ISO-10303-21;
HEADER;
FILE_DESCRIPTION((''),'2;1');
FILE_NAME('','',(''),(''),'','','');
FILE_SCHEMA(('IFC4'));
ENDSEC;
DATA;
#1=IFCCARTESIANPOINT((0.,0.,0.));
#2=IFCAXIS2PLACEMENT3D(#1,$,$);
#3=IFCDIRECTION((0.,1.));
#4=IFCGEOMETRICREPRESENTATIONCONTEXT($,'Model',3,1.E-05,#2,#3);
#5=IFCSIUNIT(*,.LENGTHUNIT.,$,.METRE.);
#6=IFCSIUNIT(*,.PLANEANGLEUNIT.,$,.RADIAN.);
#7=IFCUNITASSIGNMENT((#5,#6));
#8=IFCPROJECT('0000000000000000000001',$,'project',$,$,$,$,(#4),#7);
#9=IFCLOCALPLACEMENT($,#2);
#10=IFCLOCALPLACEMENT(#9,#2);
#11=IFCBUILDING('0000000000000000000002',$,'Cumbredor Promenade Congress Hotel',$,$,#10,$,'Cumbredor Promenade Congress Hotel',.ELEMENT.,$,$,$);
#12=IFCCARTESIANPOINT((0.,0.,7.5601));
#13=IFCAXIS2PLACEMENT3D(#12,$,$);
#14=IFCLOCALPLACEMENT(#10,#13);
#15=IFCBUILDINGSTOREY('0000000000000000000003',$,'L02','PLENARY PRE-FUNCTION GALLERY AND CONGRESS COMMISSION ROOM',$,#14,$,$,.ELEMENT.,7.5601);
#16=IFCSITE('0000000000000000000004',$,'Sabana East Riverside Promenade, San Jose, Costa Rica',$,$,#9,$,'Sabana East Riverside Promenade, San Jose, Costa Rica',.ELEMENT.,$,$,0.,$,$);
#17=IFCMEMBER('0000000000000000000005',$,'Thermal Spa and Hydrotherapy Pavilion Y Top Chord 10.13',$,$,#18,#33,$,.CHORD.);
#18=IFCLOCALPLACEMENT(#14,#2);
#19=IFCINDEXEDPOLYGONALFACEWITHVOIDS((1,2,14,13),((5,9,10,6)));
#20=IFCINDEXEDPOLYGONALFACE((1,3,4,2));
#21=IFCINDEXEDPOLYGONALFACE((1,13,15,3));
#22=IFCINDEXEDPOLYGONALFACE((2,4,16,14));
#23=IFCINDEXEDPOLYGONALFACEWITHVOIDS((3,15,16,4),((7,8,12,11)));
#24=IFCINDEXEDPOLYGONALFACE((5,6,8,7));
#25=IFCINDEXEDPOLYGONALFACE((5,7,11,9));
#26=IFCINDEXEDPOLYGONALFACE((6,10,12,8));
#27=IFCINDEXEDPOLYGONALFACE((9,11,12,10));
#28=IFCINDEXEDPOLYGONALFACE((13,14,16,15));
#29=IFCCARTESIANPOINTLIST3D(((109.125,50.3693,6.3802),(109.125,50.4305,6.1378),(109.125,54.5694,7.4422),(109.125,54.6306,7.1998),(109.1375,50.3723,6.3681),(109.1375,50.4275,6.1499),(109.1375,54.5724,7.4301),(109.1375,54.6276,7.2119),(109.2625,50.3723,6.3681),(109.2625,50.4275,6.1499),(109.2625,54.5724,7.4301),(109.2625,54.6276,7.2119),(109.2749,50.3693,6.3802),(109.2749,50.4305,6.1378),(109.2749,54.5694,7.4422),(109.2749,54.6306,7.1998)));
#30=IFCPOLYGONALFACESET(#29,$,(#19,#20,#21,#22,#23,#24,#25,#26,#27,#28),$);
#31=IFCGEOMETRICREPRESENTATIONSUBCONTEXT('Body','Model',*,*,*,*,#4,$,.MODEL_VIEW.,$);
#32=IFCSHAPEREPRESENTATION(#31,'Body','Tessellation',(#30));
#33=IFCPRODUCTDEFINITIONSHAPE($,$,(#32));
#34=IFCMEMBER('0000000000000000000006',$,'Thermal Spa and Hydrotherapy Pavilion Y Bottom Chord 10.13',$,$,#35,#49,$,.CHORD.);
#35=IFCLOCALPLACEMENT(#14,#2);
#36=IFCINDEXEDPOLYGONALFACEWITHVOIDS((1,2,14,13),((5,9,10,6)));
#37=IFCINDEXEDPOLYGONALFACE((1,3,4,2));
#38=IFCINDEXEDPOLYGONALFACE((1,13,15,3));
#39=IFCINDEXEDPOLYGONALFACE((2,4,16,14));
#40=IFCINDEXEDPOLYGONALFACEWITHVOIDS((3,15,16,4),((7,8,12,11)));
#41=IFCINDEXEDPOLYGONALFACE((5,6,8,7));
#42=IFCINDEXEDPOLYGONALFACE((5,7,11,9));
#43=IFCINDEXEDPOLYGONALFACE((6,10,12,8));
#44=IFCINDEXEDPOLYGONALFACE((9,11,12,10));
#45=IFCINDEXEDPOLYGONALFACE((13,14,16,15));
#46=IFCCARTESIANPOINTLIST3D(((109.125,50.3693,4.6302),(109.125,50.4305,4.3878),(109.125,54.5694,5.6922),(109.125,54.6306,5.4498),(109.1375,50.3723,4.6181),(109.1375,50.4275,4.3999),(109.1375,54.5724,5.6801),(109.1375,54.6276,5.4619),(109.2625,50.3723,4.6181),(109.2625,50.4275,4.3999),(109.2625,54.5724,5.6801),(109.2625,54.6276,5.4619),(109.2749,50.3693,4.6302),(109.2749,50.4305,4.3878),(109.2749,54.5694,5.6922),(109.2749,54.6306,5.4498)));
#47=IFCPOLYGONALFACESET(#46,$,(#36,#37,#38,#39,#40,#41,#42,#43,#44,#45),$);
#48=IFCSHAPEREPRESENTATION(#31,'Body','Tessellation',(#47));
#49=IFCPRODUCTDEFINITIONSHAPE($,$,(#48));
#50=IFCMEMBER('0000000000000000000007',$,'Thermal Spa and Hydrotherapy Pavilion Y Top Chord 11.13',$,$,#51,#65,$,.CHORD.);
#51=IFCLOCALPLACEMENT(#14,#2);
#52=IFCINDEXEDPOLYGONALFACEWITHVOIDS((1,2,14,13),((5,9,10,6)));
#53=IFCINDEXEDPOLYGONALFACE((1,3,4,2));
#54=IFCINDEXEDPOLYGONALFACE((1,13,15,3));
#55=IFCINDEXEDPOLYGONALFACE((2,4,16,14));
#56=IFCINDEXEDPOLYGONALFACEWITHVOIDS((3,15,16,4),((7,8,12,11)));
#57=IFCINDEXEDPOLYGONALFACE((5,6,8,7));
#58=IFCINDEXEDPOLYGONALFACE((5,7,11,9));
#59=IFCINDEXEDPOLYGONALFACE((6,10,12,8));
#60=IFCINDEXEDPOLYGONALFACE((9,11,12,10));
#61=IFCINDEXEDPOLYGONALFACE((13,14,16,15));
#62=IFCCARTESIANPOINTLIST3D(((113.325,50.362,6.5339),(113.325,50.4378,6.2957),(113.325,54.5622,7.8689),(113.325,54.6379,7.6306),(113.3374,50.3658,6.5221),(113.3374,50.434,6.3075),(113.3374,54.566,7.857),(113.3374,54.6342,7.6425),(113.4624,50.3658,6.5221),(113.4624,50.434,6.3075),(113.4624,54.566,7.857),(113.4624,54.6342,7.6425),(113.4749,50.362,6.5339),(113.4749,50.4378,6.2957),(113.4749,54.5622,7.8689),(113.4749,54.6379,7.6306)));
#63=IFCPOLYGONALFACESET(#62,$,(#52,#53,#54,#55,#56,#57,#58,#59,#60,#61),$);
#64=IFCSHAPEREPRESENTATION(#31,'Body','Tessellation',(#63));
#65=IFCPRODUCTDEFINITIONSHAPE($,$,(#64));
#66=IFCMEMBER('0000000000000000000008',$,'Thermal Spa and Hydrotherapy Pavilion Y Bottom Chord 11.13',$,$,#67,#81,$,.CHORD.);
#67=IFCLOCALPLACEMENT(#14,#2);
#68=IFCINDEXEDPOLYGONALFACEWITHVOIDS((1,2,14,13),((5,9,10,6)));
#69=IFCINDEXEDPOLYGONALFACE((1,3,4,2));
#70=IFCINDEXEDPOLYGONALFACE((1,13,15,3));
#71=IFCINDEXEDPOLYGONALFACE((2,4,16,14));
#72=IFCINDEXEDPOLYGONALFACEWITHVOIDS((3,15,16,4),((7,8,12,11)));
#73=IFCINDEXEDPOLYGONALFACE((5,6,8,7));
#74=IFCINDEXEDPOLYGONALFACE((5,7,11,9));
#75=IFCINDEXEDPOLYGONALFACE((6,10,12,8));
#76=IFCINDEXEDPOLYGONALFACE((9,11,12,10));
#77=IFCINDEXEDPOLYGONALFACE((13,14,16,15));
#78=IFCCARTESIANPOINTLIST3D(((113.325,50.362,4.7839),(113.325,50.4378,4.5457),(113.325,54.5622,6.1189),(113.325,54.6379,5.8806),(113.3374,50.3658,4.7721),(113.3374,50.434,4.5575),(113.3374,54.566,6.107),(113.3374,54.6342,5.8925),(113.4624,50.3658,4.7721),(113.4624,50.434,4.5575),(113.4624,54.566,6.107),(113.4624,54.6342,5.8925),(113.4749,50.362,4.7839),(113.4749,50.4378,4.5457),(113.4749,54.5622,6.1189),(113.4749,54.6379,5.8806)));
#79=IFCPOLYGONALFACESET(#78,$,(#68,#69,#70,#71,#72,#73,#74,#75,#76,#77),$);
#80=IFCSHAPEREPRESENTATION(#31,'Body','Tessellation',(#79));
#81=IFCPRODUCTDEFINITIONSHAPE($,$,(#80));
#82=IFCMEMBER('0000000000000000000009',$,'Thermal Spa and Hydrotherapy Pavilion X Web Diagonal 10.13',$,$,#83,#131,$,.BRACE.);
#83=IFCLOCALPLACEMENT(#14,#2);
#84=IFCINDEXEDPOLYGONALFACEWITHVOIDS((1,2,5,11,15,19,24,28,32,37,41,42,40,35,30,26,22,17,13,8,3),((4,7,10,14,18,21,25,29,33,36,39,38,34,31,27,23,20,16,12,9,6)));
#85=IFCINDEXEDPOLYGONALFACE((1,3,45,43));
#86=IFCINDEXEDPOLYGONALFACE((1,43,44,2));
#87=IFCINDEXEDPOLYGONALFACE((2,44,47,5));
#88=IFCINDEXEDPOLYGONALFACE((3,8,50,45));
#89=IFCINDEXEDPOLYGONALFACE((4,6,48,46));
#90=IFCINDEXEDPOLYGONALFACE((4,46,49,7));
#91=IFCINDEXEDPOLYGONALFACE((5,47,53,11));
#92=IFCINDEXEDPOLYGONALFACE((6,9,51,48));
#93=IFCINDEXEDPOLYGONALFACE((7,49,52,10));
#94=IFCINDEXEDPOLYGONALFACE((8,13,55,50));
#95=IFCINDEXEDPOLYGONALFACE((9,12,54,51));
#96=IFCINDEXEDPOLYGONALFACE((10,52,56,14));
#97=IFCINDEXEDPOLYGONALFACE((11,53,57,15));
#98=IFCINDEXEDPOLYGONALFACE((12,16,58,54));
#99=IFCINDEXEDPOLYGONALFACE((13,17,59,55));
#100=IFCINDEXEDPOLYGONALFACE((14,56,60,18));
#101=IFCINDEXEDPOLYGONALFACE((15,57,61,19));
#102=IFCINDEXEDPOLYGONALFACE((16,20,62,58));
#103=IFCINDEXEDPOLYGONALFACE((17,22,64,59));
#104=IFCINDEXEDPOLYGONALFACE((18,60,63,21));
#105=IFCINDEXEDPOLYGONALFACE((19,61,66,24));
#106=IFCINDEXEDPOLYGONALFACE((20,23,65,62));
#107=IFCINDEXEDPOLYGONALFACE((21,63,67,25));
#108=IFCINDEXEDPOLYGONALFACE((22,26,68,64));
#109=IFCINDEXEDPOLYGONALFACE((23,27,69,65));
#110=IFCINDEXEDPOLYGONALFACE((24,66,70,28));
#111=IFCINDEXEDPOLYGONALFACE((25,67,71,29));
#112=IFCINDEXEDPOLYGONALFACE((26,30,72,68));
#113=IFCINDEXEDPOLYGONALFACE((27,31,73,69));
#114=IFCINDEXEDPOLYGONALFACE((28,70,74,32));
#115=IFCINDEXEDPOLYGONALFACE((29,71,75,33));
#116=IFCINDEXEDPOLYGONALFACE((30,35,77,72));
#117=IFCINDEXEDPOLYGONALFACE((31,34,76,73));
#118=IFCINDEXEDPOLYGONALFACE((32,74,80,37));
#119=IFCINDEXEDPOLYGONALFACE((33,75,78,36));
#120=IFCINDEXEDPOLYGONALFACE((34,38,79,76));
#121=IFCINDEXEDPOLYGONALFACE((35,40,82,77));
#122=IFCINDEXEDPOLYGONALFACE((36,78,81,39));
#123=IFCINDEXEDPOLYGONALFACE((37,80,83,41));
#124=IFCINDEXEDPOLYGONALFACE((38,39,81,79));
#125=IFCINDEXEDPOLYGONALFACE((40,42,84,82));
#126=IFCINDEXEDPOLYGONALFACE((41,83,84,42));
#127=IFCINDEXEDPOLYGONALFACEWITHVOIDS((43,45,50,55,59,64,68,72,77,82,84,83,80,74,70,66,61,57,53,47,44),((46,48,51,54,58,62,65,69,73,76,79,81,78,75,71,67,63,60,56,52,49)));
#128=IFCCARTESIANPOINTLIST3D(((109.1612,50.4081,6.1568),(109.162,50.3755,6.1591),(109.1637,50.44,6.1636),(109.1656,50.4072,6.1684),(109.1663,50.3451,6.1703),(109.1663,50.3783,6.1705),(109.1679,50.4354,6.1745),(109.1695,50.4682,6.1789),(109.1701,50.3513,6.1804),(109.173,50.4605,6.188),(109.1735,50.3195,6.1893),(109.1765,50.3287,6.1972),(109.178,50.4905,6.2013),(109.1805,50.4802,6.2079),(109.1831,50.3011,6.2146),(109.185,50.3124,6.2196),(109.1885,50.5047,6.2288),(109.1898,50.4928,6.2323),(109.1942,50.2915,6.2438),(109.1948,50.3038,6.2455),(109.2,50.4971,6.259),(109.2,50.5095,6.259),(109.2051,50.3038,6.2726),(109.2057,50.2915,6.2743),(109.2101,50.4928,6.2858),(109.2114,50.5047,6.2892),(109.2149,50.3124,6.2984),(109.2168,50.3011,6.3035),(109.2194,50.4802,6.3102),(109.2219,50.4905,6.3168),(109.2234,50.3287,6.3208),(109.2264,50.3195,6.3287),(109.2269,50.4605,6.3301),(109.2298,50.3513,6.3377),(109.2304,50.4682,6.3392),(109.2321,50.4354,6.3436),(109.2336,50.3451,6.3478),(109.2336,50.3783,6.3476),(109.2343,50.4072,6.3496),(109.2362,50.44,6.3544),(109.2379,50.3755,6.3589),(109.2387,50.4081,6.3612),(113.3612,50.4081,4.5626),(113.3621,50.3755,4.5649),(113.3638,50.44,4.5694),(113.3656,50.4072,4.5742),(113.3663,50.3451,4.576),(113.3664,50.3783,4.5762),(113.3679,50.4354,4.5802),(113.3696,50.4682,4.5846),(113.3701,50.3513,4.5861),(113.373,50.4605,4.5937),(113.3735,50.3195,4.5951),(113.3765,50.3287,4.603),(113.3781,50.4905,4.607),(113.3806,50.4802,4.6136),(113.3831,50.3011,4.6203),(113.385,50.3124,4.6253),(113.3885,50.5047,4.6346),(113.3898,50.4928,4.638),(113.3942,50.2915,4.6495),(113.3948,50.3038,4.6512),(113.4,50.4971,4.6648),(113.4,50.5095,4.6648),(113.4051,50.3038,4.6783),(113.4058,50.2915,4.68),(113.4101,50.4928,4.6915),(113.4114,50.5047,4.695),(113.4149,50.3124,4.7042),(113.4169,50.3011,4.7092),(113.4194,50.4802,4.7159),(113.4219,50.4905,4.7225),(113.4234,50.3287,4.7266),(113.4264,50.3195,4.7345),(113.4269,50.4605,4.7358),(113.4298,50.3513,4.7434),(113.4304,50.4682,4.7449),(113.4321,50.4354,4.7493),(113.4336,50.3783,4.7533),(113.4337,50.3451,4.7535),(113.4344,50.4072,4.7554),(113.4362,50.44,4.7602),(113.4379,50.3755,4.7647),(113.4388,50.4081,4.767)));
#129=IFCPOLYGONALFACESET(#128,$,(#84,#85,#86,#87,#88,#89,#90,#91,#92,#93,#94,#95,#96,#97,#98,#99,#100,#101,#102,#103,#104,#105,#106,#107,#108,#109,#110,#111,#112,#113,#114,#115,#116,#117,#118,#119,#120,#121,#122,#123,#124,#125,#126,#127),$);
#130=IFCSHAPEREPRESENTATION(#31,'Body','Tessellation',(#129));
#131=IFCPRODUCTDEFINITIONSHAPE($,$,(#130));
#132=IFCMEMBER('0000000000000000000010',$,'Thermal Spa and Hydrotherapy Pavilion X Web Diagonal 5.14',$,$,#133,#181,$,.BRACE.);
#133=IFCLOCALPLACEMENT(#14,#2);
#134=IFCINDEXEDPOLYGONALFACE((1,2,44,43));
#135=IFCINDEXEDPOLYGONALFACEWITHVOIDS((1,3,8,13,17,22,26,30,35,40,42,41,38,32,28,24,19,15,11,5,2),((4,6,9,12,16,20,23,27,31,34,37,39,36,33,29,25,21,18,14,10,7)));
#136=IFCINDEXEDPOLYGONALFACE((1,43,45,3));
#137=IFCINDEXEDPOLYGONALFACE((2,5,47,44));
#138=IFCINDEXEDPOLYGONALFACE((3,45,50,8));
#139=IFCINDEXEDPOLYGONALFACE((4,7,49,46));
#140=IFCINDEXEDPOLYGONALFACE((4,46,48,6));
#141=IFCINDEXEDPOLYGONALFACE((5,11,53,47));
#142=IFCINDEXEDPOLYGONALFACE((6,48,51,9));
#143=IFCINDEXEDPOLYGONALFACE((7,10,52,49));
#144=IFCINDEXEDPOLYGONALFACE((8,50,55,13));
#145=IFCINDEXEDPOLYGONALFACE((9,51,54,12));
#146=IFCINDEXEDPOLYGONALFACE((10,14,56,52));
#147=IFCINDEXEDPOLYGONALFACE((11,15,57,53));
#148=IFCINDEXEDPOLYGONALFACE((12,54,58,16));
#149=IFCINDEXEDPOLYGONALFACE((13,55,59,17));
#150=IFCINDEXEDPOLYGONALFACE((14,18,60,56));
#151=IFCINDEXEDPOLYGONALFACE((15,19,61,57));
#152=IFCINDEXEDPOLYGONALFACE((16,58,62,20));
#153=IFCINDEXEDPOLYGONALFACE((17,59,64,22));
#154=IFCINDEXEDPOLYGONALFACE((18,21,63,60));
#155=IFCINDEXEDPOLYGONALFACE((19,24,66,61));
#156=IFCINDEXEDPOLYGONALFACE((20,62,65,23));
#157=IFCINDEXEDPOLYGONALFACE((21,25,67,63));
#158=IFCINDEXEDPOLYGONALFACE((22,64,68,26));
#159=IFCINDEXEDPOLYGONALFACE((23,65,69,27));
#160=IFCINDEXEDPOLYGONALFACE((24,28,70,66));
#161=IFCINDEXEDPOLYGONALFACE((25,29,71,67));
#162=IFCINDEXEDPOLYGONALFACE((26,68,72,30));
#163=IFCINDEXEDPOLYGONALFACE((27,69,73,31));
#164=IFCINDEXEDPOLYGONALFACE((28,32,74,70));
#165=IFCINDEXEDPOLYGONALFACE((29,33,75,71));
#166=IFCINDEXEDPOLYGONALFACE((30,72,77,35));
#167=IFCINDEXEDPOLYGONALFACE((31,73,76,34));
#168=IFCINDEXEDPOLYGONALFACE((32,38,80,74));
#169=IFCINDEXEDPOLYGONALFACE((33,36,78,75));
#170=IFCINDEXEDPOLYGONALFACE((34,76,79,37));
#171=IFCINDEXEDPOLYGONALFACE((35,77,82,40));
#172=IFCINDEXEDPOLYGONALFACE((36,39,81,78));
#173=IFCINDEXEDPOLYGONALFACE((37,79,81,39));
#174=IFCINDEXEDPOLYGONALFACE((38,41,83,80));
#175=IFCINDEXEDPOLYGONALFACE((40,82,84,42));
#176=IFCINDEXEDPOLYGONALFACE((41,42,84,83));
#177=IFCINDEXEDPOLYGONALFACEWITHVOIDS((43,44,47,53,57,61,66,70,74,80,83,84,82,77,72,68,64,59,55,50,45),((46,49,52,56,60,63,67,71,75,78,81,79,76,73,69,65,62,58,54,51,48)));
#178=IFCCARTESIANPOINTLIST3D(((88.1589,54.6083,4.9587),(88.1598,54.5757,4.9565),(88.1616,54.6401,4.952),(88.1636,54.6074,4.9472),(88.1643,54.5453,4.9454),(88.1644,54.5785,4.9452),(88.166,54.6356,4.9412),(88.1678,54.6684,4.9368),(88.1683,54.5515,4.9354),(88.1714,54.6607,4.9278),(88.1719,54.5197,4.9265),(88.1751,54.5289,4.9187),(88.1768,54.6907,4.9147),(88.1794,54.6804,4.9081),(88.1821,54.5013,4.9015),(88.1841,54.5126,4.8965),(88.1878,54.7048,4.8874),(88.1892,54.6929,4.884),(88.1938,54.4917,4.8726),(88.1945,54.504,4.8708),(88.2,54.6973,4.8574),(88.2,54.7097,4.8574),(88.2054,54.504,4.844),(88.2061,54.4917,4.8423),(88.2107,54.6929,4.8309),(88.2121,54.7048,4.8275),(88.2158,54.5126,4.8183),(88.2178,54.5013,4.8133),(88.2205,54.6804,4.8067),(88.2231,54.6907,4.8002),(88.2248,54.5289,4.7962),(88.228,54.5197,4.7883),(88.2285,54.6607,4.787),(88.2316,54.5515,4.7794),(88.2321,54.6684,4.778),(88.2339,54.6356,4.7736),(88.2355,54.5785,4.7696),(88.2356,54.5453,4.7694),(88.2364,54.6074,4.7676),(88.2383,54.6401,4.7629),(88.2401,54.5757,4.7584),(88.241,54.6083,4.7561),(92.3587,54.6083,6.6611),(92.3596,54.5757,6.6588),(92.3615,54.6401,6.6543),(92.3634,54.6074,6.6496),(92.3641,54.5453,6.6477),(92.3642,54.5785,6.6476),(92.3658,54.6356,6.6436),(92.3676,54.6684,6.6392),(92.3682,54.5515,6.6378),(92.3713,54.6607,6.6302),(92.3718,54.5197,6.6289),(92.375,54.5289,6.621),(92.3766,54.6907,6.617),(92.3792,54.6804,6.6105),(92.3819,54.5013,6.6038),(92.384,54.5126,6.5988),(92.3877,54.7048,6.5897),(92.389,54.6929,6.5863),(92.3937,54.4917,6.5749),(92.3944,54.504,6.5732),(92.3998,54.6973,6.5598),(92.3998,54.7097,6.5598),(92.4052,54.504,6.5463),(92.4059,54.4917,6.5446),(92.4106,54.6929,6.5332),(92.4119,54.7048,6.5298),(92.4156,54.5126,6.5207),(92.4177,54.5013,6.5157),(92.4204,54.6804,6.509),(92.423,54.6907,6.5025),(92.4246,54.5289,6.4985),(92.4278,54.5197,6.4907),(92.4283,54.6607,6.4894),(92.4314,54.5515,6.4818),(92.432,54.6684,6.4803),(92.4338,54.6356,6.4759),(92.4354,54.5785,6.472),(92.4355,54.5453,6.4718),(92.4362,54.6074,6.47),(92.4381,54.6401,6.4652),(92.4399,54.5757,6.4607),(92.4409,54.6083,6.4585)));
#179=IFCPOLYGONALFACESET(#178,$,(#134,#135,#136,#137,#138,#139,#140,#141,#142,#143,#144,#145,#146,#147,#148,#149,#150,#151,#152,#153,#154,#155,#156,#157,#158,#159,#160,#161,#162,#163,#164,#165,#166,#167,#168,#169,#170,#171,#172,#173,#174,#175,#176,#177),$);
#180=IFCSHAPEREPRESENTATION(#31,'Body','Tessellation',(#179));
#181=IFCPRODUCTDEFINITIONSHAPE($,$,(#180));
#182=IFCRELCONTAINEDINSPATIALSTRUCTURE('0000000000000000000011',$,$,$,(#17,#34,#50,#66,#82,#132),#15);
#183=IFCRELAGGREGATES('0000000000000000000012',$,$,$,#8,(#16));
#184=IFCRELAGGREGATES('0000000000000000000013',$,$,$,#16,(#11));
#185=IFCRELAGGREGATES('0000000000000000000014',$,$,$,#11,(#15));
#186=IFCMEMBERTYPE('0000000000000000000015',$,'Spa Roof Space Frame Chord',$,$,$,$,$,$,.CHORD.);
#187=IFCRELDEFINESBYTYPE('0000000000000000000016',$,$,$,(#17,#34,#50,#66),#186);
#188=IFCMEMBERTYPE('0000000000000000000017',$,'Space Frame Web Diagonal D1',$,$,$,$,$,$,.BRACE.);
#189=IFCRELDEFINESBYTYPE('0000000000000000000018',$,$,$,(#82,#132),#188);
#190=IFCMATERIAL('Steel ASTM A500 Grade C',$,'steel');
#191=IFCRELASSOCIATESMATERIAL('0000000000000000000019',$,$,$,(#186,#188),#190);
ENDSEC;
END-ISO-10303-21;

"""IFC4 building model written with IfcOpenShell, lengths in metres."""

from ifc_helpers import new_model, si_unit, direction, frame, origin, origin_2d, place, context, subcontext, project, spatial, hollow_rectangle, hollow_circle, extrude, material, material_profile, profile_set, type_object, element, save


model = new_model("IFC4")

# Units and contexts
model_context = context("Model", 3, precision=1e-05, world=origin(), true_north=direction((0.0, 1.0)))
body_context = subcontext(model_context, "Body", "Model", "MODEL_VIEW")
ifc_project = project(units=[si_unit("LENGTHUNIT", "METRE"), si_unit("PLANEANGLEUNIT", "RADIAN")], contexts=[model_context])

# Site, building, storey
site_placement = place(None, origin())
site = spatial("IfcSite", under=ifc_project, at=site_placement, Name="Sabana East Riverside Promenade, San Jose, Costa Rica", LongName="Sabana East Riverside Promenade, San Jose, Costa Rica", CompositionType="ELEMENT", RefElevation=0.0)
building_placement = place(site_placement, origin())
building = spatial("IfcBuilding", under=site, at=building_placement, Name="Cumbredor Promenade Congress Hotel", LongName="Cumbredor Promenade Congress Hotel", CompositionType="ELEMENT")
storey_placement = place(building_placement, frame((0.0, 0.0, 7.5601)))
storey = spatial("IfcBuildingStorey", under=building, at=storey_placement, Name="L02", Description="PLENARY PRE-FUNCTION GALLERY AND CONGRESS COMMISSION ROOM", CompositionType="ELEMENT", Elevation=7.5601)

# Members
ifc_material_1 = material(Name="Steel ASTM A500 Grade C", Category="steel")
ifc_material_profile_1 = material_profile(ifc_material_1, hollow_rectangle(XDim=0.1499, YDim=0.25, WallThickness=0.0125, at=origin_2d()), Name="HSS 250x150x12.5")
ifc_profile_set_1 = profile_set([ifc_material_profile_1], Name="Steel ASTM A500 Grade C")
member_type_1 = type_object("IfcMemberType", Name="Spa Roof Space Frame Chord", PredefinedType="CHORD", material=ifc_profile_set_1)
for number, where, z_axis, x_axis, name in (
    (1, (109.2, 50.3999, 6.259), (0.0, 0.969489, 0.245134), (-1.0, 0.0, 0.0), "Thermal Spa and Hydrotherapy Pavilion Y Top Chord 10.13"),
    (2, (109.2, 50.3999, 4.509), (0.0, 0.969489, 0.245134), (-1.0, 0.0, 0.0), "Thermal Spa and Hydrotherapy Pavilion Y Bottom Chord 10.13"),
):
    element("IfcMember", number, at=place(storey_placement, frame(where, z_axis=z_axis, x_axis=x_axis)), inside=storey, type_object=member_type_1, Name=name, PredefinedType="CHORD", context=body_context, shape_type="SweptSolid", body=[
        extrude(hollow_rectangle(XDim=0.1499, YDim=0.25, WallThickness=0.0125, at=origin_2d()), origin(), (0.0, 0.0, 1.0), 4.3323),
    ])
for number, where, z_axis, x_axis, name in (
    (3, (113.3999, 50.3999, 6.4148), (0.0, 0.953022, 0.302902), (-1.0, 0.0, 0.0), "Thermal Spa and Hydrotherapy Pavilion Y Top Chord 11.13"),
    (4, (113.3999, 50.3999, 4.6648), (0.0, 0.953022, 0.302902), (-1.0, 0.0, 0.0), "Thermal Spa and Hydrotherapy Pavilion Y Bottom Chord 11.13"),
):
    element("IfcMember", number, at=place(storey_placement, frame(where, z_axis=z_axis, x_axis=x_axis)), inside=storey, type_object=member_type_1, Name=name, PredefinedType="CHORD", context=body_context, shape_type="SweptSolid", body=[
        extrude(hollow_rectangle(XDim=0.1499, YDim=0.25, WallThickness=0.0125, at=origin_2d()), origin(), (0.0, 0.0, 1.0), 4.4072),
    ])
ifc_material_profile_2 = material_profile(ifc_material_1, hollow_circle(Radius=0.1096, WallThickness=0.0125, at=origin_2d()), Name="CHS 219.1x12.5")
ifc_profile_set_2 = profile_set([ifc_material_profile_2], Name="Steel ASTM A500 Grade C")
member_type_2 = type_object("IfcMemberType", Name="Space Frame Web Diagonal D1", PredefinedType="BRACE", material=ifc_profile_set_2)
member_1_placement = place(storey_placement, frame((109.2, 50.3999, 6.259), z_axis=(0.934912, 0.0, -0.354879), x_axis=(0.0, 1.0, 0.0)))
element("IfcMember", 5, at=member_1_placement, inside=storey, type_object=member_type_2, Name="Thermal Spa and Hydrotherapy Pavilion X Web Diagonal 10.13", PredefinedType="BRACE", context=body_context, shape_type="SweptSolid", body=[
    extrude(hollow_circle(Radius=0.1096, WallThickness=0.0125, at=origin_2d()), origin(), (0.0, 0.0, 1.0), 4.4924),
])
member_2_placement = place(storey_placement, frame((88.2, 54.6001, 4.8574), z_axis=(0.926762, 0.0, 0.37565), x_axis=(0.0, 1.0, 0.0)))
element("IfcMember", 6, at=member_2_placement, inside=storey, type_object=member_type_2, Name="Thermal Spa and Hydrotherapy Pavilion X Web Diagonal 5.14", PredefinedType="BRACE", context=body_context, shape_type="SweptSolid", body=[
    extrude(hollow_circle(Radius=0.1096, WallThickness=0.0125, at=origin_2d()), origin(), (0.0, 0.0, 1.0), 4.5317),
])

save(model, "model.ifc")
